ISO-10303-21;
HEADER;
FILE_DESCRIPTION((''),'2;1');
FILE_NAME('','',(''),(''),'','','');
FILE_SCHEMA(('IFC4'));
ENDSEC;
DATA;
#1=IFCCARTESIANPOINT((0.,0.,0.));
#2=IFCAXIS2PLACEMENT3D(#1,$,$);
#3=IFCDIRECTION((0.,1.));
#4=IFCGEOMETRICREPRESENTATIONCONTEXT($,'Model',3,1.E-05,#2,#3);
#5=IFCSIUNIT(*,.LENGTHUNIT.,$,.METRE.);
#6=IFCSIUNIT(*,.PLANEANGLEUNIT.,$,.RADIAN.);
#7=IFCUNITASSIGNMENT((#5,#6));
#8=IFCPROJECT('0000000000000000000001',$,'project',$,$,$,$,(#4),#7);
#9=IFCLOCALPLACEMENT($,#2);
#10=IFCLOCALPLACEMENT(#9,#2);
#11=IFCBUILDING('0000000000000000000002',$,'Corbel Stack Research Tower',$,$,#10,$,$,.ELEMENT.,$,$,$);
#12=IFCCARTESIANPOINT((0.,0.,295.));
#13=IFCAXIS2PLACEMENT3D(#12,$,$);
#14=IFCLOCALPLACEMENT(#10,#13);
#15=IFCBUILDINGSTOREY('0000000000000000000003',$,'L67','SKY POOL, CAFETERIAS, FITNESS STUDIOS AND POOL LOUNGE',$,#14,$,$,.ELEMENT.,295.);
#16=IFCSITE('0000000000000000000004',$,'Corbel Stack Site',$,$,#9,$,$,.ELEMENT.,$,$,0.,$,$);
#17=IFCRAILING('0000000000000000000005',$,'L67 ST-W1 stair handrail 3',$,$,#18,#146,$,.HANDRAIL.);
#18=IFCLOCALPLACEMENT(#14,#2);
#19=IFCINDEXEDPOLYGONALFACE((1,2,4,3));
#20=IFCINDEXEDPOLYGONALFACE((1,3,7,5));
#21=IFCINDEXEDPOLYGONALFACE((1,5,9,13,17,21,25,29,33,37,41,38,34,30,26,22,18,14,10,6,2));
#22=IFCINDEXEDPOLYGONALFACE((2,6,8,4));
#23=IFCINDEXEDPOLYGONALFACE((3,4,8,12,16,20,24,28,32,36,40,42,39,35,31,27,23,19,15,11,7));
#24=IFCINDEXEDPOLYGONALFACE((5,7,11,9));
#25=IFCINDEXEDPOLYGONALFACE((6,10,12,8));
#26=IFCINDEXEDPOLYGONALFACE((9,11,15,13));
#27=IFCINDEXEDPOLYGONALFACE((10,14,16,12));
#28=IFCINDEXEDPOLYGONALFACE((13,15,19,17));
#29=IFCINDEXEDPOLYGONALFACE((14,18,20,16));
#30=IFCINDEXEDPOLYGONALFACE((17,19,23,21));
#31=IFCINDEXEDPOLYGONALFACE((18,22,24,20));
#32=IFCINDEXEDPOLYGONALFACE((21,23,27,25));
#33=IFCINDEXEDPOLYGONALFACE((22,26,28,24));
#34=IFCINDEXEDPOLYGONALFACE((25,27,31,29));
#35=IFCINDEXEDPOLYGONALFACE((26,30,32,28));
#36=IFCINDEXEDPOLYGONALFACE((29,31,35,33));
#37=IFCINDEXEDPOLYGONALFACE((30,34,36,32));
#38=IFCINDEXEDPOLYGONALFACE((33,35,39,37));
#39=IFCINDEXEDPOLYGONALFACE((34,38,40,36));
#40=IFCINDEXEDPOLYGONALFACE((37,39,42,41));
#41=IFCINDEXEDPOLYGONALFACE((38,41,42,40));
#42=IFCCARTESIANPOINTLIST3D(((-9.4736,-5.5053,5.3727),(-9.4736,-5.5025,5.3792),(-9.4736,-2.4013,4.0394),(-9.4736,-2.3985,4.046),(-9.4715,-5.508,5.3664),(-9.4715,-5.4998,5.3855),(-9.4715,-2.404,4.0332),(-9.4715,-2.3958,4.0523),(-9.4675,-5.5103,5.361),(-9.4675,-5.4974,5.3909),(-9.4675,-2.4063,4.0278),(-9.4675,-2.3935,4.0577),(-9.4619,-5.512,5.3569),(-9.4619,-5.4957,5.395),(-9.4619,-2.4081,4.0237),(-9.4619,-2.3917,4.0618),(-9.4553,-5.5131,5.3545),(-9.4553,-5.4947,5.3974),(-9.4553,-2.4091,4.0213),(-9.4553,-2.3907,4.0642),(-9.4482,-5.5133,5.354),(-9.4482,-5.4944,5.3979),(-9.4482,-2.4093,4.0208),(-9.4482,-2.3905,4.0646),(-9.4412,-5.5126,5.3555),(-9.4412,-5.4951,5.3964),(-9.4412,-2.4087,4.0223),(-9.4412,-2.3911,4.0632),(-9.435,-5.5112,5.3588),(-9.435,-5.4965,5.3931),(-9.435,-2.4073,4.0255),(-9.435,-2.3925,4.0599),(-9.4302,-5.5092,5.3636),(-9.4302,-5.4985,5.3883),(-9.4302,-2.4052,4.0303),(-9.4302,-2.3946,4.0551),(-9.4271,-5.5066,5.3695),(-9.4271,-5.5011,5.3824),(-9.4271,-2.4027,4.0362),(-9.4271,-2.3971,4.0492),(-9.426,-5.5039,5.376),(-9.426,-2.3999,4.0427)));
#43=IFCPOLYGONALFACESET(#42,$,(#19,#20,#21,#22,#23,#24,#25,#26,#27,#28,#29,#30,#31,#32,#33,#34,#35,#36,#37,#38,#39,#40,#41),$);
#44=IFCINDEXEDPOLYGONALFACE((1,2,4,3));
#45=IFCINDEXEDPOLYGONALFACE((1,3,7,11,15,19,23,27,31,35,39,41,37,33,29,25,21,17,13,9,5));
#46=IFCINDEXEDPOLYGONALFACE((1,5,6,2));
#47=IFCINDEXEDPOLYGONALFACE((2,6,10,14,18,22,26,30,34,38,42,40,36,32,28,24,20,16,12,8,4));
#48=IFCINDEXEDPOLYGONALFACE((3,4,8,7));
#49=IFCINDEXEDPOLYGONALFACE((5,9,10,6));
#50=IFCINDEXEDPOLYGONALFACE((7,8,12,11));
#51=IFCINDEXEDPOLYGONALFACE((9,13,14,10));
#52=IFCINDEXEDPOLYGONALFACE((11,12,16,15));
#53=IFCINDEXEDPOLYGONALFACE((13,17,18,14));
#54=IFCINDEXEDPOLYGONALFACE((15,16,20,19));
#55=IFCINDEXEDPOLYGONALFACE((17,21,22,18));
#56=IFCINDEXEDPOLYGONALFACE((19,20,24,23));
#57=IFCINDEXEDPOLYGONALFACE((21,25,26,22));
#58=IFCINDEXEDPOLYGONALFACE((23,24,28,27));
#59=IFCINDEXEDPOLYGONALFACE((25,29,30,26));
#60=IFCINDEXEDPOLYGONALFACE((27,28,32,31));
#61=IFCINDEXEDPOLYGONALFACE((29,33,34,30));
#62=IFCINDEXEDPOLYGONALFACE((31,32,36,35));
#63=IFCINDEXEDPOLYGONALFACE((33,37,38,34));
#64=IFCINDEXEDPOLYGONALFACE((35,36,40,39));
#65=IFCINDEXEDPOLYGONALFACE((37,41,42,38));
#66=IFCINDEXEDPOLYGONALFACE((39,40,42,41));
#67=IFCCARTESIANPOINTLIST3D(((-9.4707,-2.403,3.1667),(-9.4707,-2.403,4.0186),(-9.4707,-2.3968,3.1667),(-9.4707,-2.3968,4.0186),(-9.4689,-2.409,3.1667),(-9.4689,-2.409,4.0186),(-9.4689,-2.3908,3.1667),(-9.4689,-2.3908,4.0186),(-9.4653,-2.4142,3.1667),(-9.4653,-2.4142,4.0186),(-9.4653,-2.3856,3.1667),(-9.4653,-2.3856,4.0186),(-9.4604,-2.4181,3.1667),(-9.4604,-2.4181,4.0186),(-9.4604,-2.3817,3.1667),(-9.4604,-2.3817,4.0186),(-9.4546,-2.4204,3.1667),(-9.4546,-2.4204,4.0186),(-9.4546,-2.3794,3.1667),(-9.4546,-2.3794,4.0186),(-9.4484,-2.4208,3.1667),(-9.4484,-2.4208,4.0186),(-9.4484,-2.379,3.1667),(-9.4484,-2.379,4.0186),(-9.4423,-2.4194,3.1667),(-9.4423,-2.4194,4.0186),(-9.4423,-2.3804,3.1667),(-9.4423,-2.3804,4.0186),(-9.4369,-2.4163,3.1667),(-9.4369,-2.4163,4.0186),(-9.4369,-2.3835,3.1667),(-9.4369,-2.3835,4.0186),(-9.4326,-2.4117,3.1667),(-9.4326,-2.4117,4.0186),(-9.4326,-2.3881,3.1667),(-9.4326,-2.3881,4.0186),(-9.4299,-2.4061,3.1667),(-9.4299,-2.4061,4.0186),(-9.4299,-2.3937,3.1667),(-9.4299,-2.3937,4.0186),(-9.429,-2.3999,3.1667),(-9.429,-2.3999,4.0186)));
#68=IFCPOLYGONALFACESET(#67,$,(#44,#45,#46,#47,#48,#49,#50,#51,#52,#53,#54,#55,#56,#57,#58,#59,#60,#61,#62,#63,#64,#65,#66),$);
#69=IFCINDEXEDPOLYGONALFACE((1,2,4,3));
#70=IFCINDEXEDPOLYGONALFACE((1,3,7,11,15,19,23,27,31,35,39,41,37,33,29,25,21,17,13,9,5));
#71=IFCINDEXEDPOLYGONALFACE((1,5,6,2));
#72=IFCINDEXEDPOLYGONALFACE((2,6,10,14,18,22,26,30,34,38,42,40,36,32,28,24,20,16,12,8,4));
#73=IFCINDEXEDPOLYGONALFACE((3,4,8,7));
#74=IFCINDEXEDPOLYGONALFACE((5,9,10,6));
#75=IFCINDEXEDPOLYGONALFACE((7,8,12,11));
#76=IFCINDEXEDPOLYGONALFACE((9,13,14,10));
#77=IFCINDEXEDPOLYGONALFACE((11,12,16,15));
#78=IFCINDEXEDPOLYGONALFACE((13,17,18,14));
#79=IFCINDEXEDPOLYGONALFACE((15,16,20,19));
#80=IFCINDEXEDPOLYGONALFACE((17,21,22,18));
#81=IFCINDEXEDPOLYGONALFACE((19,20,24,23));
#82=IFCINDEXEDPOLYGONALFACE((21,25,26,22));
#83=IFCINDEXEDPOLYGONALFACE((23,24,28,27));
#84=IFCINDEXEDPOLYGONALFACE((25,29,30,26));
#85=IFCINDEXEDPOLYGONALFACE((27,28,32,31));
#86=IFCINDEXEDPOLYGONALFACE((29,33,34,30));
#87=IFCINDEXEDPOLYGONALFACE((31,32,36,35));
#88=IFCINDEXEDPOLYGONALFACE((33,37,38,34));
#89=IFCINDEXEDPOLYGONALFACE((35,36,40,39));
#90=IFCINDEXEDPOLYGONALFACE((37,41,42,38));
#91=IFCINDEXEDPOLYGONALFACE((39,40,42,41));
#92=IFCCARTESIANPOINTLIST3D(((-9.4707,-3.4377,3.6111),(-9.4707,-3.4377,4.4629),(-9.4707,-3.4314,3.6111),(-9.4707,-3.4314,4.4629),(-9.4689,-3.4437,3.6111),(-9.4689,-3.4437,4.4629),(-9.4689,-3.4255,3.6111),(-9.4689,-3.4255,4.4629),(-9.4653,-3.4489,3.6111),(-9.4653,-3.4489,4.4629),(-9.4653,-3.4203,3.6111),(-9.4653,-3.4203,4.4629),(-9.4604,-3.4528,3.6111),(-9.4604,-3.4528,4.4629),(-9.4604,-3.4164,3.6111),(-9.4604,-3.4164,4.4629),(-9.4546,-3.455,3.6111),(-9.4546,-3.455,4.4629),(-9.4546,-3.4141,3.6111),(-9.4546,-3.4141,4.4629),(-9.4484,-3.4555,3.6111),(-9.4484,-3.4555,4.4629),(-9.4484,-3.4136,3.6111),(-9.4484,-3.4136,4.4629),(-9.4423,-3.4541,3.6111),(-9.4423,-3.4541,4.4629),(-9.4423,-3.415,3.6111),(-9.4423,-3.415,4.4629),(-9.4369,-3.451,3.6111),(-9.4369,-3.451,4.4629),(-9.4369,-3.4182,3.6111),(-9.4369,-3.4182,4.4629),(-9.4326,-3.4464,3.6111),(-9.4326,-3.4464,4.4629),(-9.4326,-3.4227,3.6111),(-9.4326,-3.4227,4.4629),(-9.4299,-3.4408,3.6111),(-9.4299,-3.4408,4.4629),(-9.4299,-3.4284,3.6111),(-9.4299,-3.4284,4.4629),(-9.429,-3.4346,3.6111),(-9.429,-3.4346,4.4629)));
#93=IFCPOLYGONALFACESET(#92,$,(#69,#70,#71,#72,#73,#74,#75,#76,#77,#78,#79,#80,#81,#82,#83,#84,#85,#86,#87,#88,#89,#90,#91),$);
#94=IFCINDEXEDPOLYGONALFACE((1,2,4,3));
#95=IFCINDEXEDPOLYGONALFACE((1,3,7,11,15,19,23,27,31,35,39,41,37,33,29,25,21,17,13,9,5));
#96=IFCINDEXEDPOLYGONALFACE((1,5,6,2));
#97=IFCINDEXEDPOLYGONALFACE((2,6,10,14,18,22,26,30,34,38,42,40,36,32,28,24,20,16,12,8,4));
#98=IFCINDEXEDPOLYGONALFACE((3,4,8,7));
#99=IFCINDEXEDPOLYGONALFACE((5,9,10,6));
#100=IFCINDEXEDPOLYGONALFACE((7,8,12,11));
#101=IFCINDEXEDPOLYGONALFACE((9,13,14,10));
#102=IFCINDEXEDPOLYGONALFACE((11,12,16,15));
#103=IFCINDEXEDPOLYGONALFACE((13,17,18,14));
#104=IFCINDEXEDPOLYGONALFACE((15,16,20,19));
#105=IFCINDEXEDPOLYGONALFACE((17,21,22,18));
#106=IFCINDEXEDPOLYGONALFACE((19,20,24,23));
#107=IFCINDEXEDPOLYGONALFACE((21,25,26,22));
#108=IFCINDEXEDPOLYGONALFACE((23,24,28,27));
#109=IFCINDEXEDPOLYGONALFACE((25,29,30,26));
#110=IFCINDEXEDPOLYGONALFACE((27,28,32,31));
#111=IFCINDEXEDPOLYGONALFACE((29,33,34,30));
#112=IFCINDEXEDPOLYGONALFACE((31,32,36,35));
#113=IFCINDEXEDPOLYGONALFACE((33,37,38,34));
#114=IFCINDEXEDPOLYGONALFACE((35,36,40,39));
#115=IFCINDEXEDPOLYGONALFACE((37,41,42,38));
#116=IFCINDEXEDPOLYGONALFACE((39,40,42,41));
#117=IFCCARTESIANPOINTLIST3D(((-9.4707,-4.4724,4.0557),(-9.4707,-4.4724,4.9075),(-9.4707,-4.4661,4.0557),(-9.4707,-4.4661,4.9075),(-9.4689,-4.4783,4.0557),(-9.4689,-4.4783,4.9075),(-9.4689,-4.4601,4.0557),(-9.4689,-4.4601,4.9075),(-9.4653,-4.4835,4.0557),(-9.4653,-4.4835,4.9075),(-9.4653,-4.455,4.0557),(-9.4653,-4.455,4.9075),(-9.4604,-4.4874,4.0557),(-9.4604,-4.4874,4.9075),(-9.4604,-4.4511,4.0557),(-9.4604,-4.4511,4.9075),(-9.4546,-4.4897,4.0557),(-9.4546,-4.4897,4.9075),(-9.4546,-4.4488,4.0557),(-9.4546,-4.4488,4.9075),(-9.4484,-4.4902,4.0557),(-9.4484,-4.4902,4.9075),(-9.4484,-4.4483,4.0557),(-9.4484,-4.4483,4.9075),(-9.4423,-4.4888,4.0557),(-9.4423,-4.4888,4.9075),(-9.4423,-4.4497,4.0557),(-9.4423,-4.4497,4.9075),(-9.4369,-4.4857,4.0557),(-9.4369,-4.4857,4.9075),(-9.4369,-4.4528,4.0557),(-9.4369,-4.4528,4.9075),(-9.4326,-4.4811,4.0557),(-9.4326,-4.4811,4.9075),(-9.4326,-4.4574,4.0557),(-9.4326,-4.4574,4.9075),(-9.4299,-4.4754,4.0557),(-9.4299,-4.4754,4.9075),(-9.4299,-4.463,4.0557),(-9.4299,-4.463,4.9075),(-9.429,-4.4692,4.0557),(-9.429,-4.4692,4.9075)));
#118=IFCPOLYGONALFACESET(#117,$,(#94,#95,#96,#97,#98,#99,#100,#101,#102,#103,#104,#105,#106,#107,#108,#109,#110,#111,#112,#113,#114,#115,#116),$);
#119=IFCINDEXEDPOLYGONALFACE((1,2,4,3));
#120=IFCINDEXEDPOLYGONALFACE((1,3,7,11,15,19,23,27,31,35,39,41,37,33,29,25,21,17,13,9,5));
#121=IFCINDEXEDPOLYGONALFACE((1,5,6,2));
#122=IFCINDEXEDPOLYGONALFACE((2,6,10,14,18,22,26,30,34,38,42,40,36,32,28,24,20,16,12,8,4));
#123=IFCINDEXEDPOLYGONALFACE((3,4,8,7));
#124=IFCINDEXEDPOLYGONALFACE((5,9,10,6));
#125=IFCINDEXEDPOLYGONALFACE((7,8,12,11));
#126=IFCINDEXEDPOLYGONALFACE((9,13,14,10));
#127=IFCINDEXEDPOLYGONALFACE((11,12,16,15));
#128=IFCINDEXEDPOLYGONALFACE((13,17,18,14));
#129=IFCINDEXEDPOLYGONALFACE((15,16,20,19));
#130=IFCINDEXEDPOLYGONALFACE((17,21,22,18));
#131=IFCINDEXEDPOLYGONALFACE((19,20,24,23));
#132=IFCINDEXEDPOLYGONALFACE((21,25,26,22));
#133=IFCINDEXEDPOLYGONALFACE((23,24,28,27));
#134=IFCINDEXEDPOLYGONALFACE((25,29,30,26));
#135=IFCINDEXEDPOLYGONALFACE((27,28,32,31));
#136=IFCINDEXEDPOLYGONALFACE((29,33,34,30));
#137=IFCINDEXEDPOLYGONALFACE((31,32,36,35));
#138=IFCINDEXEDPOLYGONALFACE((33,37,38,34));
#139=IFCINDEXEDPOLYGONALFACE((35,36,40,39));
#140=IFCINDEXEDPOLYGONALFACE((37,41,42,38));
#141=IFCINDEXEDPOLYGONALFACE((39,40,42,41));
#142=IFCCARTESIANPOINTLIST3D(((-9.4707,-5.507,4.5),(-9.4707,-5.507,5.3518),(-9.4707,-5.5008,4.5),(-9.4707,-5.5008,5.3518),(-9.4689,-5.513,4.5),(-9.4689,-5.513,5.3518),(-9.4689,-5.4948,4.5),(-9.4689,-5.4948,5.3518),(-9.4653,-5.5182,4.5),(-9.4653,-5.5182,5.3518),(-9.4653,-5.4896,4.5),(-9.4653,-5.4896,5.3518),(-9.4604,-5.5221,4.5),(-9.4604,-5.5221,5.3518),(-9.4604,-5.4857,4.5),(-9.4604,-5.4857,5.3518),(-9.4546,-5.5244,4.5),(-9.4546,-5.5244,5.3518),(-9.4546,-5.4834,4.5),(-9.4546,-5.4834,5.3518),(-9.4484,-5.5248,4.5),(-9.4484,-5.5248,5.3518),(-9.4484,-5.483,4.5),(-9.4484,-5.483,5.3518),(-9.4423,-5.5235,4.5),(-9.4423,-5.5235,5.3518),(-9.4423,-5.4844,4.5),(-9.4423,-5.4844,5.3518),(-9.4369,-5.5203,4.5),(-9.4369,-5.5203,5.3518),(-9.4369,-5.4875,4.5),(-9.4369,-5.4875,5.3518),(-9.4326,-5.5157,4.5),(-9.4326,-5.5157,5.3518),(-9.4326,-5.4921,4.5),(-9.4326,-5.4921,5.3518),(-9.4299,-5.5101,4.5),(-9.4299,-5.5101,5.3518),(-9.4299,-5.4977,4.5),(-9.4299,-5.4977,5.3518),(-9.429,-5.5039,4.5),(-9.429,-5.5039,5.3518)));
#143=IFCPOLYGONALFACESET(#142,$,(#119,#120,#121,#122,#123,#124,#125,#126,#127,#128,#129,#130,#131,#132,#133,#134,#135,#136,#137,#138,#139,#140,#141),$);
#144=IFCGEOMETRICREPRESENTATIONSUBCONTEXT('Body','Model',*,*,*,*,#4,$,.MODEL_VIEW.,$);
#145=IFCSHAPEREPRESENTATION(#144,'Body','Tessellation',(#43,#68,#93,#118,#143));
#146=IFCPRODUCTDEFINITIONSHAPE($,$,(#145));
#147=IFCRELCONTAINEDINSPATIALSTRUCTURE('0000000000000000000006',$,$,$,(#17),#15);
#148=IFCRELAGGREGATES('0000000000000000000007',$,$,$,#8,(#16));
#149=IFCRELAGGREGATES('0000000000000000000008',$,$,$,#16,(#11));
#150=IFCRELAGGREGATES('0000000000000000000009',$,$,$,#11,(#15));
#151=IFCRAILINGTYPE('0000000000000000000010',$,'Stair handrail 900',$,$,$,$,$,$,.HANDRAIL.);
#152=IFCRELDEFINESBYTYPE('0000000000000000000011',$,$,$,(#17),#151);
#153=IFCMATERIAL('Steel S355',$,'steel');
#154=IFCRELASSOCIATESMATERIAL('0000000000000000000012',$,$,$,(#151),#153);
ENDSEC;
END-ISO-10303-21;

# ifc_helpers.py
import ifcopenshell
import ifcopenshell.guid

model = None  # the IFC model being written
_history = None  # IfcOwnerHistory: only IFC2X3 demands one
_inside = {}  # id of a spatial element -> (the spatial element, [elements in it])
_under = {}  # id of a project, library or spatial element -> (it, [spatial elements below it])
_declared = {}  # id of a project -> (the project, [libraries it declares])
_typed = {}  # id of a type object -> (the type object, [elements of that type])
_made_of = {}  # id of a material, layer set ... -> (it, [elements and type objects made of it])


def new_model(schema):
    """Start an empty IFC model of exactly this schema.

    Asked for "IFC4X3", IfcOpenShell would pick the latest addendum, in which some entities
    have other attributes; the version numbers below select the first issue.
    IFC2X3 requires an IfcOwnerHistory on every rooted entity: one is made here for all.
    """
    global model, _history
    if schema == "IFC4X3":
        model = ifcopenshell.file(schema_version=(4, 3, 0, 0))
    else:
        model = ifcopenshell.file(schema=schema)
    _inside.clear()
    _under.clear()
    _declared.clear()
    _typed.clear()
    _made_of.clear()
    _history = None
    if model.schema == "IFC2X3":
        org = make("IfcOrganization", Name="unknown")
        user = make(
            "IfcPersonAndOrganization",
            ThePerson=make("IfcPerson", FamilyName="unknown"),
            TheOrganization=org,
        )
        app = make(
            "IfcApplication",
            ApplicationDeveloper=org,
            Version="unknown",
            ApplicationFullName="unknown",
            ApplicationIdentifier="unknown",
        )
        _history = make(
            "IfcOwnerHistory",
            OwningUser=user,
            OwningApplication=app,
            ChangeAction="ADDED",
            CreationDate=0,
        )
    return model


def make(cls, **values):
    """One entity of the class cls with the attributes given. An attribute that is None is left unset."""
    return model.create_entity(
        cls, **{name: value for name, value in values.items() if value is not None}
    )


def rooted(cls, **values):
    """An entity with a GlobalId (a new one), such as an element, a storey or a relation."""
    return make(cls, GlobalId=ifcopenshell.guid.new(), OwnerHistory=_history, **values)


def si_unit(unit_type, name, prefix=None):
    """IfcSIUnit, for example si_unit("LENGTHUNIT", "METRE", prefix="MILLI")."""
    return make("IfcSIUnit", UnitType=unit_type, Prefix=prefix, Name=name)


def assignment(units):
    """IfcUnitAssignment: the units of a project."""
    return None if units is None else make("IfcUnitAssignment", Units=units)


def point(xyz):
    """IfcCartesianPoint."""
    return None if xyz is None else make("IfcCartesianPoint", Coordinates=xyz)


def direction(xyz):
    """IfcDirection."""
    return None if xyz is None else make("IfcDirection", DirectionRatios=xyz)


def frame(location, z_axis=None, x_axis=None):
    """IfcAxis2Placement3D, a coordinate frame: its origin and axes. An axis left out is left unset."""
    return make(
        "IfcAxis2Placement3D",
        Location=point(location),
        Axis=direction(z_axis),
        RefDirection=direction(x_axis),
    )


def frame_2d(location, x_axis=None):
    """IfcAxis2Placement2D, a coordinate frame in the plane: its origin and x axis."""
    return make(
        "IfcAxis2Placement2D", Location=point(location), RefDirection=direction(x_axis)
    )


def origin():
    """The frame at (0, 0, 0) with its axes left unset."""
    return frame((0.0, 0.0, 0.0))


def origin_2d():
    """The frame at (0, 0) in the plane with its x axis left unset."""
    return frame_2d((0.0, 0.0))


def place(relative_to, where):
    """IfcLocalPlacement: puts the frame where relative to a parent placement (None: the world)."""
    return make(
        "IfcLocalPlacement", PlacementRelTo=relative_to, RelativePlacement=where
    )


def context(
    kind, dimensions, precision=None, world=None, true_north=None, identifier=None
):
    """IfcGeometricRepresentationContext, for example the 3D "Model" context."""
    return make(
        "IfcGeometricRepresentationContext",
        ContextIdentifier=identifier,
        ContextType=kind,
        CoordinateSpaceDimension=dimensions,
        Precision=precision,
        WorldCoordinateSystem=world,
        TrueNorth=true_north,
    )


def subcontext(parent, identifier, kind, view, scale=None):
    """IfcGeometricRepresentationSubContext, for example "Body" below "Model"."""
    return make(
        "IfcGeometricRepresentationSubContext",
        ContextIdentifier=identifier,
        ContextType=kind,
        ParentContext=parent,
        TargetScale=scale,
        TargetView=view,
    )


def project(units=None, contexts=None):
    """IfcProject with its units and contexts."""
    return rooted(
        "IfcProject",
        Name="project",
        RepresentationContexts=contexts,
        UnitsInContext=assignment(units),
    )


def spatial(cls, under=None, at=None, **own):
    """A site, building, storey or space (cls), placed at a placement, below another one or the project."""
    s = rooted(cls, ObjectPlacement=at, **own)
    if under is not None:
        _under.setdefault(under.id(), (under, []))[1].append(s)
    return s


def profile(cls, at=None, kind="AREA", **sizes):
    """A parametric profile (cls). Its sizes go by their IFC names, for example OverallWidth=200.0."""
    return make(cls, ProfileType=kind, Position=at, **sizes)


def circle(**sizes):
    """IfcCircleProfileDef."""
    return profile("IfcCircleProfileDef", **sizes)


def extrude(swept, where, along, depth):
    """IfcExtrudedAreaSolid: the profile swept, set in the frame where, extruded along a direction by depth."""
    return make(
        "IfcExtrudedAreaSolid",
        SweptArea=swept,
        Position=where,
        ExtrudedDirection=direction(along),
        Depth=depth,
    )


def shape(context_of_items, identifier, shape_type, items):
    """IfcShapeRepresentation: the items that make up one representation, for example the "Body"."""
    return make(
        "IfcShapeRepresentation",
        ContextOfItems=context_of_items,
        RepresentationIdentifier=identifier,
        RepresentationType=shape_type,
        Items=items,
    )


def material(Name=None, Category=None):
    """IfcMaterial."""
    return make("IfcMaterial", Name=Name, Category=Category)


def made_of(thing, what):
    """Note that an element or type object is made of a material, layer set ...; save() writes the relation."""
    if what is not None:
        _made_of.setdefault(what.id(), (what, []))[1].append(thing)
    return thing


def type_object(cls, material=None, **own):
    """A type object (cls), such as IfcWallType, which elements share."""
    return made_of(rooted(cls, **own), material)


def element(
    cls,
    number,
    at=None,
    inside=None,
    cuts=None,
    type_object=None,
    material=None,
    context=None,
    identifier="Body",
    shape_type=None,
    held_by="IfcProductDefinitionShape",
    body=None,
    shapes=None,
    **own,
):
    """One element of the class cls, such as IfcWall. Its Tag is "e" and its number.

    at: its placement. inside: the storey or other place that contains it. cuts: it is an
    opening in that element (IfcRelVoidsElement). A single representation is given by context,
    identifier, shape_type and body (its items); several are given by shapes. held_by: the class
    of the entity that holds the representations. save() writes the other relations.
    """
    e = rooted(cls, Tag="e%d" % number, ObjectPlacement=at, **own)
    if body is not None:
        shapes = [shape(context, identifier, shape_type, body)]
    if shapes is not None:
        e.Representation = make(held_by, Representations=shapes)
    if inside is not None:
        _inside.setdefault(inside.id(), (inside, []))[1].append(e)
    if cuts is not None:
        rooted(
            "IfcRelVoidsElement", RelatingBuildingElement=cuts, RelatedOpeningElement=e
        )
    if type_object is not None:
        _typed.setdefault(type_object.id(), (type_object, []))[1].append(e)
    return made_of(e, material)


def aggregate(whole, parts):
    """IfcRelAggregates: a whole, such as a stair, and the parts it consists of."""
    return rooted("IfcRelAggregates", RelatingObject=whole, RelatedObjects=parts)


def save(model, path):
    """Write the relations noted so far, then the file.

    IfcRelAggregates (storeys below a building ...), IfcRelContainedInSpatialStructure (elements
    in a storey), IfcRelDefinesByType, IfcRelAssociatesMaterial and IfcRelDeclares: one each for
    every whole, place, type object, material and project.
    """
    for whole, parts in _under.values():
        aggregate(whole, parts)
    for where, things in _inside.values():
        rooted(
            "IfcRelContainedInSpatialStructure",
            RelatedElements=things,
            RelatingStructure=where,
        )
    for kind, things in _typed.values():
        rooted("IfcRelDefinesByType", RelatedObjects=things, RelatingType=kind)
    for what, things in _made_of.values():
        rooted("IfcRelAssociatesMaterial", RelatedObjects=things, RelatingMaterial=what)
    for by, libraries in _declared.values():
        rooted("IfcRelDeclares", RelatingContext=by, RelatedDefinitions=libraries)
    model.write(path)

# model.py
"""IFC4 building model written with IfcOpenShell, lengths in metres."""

from ifc_helpers import new_model, si_unit, direction, frame, origin, origin_2d, place, context, subcontext, project, spatial, circle, extrude, material, type_object, element, save


model = new_model("IFC4")

# Units and contexts
model_context = context("Model", 3, precision=1e-05, world=origin(), true_north=direction((0.0, 1.0)))
body_context = subcontext(model_context, "Body", "Model", "MODEL_VIEW")
ifc_project = project(units=[si_unit("LENGTHUNIT", "METRE"), si_unit("PLANEANGLEUNIT", "RADIAN")], contexts=[model_context])

# Site, building, storey
site_placement = place(None, origin())
site = spatial("IfcSite", under=ifc_project, at=site_placement, Name="Corbel Stack Site", CompositionType="ELEMENT", RefElevation=0.0)
building_placement = place(site_placement, origin())
building = spatial("IfcBuilding", under=site, at=building_placement, Name="Corbel Stack Research Tower", CompositionType="ELEMENT")
storey_placement = place(building_placement, frame((0.0, 0.0, 295.0)))
storey = spatial("IfcBuildingStorey", under=building, at=storey_placement, Name="L67", Description="SKY POOL, CAFETERIAS, FITNESS STUDIOS AND POOL LOUNGE", CompositionType="ELEMENT", Elevation=295.0)

# Railing
ifc_material_1 = material(Name="Steel S355", Category="steel")
railing_type_1 = type_object("IfcRailingType", Name="Stair handrail 900", PredefinedType="HANDRAIL", material=ifc_material_1)
for number, where, name in (
    (1, (-9.45, -2.3999, 3.1667), "L67 ST-W1 stair handrail 3"),
):
    element("IfcRailing", number, at=place(storey_placement, frame(where)), inside=storey, type_object=railing_type_1, Name=name, PredefinedType="HANDRAIL", context=body_context, shape_type="SweptSolid", body=[
        extrude(circle(Radius=0.0239, at=origin_2d()), frame((0.0, 0.0, 0.876), z_axis=(0.0, -0.918827, 0.394661), x_axis=(1.0, 0.0, 0.0)), (0.0, 0.0, 1.0), 3.3782),
        extrude(circle(Radius=0.021, at=origin_2d()), origin(), (0.0, 0.0, 1.0), 0.8518),
        extrude(circle(Radius=0.021, at=origin_2d()), frame((0.0, -1.0347, 0.4443)), (0.0, 0.0, 1.0), 0.8518),
        extrude(circle(Radius=0.021, at=origin_2d()), frame((0.0, -2.0693, 0.8889)), (0.0, 0.0, 1.0), 0.8518),
        extrude(circle(Radius=0.021, at=origin_2d()), frame((0.0, -3.104, 1.3333)), (0.0, 0.0, 1.0), 0.8518),
    ])

save(model, "model.ifc")
